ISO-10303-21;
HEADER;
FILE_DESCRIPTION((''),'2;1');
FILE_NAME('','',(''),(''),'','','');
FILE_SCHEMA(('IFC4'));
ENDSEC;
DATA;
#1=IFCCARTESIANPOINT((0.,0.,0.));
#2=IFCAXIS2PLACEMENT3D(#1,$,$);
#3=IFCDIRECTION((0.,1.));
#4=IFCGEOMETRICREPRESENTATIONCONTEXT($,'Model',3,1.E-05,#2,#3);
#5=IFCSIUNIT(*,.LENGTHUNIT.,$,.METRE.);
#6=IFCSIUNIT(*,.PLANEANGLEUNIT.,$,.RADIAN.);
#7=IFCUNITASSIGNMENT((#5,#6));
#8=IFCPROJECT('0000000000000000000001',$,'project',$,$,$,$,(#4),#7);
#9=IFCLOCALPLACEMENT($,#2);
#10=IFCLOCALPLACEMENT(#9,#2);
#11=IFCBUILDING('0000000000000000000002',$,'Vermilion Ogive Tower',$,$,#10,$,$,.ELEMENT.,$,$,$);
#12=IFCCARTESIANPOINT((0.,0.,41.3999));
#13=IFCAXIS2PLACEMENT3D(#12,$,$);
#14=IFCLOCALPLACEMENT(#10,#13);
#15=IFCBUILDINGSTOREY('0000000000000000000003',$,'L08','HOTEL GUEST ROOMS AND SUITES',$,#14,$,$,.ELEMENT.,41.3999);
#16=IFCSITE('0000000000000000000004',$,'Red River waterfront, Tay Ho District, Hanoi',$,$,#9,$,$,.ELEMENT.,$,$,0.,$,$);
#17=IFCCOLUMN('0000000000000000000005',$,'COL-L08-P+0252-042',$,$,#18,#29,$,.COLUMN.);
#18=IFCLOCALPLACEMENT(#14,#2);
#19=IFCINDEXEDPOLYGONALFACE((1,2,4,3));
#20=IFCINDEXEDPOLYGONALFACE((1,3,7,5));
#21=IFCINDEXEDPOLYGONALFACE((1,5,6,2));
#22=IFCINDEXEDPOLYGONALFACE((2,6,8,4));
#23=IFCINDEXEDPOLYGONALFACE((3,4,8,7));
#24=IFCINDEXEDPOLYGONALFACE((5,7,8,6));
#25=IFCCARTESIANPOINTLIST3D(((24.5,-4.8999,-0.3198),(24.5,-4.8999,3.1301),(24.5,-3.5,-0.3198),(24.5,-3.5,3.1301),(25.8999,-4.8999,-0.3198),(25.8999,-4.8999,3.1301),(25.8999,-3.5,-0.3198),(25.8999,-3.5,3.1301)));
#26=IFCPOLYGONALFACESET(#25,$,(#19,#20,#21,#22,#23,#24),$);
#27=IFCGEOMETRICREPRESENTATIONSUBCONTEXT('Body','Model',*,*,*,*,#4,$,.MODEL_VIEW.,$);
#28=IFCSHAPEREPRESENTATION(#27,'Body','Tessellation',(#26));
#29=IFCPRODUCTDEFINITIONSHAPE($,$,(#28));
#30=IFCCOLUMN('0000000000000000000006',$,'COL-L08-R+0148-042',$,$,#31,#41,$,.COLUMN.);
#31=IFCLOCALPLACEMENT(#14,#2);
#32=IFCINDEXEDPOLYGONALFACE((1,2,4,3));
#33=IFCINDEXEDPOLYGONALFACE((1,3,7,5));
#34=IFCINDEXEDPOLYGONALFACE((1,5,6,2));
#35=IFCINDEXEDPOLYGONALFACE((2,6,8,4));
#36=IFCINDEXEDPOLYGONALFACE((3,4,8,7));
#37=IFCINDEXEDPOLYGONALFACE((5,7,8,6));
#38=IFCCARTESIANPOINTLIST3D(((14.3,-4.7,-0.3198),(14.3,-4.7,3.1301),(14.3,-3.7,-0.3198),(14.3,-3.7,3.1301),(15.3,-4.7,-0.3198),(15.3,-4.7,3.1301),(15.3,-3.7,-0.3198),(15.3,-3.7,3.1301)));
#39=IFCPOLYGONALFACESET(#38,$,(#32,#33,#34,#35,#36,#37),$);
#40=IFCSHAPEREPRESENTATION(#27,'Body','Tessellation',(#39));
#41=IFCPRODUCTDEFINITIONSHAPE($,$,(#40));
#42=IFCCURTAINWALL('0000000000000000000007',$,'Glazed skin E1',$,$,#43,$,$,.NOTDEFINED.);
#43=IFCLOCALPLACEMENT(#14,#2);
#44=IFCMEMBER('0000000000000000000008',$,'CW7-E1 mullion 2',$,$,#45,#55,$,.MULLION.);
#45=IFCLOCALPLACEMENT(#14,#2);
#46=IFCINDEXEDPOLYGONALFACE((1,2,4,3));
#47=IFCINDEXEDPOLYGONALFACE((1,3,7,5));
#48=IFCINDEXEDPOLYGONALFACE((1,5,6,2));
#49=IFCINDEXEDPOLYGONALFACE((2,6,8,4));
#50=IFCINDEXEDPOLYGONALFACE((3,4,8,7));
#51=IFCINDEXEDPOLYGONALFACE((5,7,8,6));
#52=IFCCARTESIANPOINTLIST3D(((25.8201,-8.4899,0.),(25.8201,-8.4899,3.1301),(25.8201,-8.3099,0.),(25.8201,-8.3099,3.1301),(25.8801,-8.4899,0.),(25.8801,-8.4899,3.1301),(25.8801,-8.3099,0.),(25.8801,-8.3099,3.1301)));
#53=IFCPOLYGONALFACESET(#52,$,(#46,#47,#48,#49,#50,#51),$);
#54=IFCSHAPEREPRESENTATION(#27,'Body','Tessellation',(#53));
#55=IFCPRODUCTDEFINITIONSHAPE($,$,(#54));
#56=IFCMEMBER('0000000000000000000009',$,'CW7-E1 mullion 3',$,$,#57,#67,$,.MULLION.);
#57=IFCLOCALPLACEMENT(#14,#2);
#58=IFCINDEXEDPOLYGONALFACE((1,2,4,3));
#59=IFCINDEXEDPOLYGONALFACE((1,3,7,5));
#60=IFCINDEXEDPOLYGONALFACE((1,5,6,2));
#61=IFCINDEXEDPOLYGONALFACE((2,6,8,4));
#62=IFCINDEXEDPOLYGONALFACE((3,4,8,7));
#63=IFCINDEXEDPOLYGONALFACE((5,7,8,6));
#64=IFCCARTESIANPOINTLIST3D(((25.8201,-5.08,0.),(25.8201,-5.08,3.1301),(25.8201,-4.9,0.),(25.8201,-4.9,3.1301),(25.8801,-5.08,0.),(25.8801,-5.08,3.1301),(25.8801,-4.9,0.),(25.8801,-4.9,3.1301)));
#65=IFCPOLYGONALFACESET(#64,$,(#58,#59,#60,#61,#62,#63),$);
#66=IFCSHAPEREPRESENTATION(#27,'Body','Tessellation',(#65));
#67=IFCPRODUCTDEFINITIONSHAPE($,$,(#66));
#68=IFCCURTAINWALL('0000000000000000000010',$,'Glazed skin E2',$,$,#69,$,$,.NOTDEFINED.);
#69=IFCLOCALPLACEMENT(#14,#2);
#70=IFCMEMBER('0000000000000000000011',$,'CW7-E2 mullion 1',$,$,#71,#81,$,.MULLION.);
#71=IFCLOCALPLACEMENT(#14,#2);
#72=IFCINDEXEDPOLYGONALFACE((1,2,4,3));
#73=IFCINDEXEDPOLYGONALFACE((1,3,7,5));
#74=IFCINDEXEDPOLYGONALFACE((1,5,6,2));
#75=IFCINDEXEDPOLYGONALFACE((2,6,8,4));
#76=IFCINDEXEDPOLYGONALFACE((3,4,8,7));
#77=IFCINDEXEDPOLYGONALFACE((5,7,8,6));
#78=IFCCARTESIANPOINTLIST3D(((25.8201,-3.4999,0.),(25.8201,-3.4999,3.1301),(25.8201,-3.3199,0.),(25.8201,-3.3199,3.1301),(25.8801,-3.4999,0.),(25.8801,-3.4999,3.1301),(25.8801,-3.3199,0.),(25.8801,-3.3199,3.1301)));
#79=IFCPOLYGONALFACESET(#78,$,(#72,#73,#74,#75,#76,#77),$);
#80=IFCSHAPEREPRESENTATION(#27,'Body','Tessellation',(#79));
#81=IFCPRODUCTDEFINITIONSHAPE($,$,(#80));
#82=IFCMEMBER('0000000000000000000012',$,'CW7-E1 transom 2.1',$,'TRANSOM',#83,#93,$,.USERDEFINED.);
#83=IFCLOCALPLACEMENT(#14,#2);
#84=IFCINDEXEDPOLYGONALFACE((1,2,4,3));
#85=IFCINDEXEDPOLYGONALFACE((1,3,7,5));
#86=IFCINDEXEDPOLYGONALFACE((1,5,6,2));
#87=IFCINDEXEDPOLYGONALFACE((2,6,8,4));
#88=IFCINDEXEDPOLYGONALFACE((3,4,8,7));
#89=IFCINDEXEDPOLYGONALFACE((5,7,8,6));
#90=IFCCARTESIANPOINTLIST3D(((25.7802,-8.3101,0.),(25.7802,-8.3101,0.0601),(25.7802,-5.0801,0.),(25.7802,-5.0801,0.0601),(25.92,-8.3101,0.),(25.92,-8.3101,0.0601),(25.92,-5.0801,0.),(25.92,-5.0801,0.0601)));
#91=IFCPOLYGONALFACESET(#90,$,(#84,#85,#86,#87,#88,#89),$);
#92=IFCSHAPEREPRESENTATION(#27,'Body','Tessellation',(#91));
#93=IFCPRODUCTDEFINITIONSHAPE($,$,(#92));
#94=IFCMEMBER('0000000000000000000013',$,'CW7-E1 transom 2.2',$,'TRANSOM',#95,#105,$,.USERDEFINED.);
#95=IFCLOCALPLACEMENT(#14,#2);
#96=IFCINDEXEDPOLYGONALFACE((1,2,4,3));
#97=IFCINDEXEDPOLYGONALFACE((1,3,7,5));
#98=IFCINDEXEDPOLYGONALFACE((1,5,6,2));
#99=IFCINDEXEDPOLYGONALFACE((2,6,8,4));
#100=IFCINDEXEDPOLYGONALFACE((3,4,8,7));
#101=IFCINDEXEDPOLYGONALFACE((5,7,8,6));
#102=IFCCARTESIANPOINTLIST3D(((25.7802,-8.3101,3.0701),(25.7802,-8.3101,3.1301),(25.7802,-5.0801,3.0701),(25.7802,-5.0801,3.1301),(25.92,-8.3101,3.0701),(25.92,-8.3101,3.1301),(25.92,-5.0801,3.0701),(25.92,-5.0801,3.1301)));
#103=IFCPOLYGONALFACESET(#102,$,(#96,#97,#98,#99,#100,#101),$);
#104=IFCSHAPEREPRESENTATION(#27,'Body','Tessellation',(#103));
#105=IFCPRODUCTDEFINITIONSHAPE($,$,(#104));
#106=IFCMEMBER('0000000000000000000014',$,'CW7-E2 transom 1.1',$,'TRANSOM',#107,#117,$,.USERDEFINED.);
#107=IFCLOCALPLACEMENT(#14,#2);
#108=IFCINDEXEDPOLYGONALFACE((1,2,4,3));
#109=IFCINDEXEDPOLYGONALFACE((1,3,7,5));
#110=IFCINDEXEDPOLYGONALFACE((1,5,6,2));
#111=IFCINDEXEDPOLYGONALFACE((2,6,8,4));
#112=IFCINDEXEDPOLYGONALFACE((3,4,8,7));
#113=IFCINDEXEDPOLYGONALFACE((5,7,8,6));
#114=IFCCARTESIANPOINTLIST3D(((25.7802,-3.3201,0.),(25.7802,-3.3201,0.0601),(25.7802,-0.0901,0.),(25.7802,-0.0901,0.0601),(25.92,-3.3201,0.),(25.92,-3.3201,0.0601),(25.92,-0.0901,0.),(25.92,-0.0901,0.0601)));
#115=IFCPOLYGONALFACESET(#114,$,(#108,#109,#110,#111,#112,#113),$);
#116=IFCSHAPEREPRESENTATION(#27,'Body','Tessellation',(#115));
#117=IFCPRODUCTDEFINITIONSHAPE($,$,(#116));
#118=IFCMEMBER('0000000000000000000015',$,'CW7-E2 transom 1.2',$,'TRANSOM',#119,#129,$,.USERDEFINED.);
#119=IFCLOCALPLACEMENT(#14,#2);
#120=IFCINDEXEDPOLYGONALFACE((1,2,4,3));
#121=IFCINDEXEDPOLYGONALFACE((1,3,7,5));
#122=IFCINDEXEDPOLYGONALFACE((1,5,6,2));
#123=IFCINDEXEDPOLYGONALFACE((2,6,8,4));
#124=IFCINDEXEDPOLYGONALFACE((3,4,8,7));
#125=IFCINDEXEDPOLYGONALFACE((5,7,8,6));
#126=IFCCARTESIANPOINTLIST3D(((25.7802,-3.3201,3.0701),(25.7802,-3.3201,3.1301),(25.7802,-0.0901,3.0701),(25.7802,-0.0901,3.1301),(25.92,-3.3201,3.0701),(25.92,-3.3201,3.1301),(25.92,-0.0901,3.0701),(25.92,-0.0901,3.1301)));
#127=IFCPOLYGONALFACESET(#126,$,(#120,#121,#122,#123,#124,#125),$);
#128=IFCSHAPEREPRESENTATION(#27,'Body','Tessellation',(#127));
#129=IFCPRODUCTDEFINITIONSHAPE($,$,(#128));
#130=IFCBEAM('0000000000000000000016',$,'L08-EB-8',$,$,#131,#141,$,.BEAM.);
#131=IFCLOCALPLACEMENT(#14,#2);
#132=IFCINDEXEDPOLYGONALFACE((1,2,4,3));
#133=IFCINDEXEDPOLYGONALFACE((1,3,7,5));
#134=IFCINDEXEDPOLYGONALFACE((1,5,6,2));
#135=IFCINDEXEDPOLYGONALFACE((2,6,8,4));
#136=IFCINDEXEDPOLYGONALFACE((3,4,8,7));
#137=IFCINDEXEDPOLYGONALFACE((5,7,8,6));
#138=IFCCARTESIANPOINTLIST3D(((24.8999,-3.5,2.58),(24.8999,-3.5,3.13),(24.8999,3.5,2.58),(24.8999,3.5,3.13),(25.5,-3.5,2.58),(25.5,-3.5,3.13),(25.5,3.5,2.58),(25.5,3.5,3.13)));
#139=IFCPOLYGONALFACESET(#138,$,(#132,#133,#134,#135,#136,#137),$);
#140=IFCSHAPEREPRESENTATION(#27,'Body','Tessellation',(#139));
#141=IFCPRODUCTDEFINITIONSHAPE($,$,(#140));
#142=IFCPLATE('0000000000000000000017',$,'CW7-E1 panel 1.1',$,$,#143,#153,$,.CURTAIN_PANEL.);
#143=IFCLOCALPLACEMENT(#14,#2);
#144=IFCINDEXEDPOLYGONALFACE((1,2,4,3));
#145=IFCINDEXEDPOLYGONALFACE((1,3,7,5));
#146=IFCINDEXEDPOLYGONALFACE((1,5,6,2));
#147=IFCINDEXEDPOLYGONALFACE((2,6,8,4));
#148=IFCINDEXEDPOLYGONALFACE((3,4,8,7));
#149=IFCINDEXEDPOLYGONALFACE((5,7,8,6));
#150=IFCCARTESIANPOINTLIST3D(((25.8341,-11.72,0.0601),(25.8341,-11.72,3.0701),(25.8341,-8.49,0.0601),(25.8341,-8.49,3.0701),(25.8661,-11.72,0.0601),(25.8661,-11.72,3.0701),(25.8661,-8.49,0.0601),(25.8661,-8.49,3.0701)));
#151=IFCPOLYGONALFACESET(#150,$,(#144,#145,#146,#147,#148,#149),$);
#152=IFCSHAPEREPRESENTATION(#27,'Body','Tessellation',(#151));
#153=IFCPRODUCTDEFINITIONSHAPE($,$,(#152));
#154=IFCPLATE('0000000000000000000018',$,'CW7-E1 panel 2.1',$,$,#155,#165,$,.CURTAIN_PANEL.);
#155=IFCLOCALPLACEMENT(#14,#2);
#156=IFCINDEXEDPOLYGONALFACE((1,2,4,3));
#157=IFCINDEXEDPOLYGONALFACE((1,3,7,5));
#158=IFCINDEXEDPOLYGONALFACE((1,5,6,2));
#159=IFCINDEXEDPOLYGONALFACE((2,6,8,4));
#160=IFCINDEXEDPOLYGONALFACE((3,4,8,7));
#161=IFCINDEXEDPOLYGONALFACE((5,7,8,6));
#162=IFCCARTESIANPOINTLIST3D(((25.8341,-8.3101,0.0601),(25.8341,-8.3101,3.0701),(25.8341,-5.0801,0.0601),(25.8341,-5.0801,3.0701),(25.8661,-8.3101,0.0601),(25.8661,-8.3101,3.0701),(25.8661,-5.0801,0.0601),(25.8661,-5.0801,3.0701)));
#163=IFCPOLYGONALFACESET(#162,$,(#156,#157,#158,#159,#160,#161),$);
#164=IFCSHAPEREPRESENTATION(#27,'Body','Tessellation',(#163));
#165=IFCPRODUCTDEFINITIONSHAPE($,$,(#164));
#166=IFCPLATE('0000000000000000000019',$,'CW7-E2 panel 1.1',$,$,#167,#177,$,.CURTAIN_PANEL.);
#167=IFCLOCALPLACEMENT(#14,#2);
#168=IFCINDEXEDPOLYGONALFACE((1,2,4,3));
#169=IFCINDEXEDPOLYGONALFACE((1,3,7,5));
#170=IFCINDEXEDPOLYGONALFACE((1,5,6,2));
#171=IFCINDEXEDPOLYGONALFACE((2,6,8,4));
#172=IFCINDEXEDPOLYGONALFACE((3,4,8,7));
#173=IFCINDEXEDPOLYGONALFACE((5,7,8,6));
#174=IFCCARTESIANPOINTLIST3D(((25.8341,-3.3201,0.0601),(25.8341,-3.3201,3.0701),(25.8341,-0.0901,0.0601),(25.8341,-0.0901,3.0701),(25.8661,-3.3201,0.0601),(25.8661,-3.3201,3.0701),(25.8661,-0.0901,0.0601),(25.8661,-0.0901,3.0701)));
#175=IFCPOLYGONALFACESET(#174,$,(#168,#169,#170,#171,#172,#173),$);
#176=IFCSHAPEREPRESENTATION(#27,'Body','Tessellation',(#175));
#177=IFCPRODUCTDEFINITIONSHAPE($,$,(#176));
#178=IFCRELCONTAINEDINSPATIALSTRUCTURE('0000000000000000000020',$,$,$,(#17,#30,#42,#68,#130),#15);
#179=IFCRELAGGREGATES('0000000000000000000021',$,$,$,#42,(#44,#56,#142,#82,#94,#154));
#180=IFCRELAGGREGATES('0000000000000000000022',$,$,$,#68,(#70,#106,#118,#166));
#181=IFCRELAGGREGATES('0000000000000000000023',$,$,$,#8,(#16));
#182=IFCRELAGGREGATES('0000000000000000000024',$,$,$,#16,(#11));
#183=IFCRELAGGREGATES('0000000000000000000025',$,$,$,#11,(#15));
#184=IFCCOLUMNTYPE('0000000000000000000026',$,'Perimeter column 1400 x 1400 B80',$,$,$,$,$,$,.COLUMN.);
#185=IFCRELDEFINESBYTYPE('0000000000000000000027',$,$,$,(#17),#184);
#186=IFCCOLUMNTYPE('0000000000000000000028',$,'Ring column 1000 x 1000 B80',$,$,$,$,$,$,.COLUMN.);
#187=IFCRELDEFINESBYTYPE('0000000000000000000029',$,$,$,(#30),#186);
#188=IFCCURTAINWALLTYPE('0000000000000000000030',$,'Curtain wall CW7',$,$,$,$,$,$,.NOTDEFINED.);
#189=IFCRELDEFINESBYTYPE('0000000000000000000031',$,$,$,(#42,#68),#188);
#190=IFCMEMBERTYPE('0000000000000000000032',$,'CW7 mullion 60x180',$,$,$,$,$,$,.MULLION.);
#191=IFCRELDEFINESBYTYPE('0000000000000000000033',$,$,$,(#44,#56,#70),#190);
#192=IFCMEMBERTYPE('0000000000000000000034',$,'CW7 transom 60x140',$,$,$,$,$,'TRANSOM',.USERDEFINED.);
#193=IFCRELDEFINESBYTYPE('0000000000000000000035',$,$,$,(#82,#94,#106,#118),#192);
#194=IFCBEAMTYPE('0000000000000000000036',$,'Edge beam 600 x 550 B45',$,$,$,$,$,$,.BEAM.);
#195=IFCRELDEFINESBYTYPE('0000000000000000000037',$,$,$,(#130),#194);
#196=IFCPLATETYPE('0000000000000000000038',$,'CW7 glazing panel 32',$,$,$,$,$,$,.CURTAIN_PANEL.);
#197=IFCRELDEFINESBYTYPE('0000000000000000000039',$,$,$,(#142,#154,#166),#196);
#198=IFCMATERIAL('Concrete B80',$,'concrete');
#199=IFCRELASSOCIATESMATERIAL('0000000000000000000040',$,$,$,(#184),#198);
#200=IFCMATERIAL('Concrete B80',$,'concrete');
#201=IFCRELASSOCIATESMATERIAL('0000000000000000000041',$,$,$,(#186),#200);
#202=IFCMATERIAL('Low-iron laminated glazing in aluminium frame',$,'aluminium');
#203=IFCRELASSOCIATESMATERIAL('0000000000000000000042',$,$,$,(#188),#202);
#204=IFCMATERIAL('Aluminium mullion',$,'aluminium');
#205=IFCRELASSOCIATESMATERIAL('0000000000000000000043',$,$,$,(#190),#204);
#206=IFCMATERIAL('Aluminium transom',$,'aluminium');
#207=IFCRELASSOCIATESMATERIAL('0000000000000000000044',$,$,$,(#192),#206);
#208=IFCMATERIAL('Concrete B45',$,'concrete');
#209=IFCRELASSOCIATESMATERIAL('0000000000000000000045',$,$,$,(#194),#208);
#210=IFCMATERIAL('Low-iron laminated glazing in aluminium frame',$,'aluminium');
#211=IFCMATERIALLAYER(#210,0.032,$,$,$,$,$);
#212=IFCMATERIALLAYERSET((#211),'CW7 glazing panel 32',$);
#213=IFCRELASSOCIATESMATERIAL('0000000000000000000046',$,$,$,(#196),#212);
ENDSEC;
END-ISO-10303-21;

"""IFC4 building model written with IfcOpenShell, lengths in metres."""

from ifc_helpers import new_model, si_unit, direction, frame, origin, origin_2d, place, context, subcontext, project, spatial, rectangle, extrude, material, layer, layer_set, material_profile, profile_set, type_object, element, aggregate, save


model = new_model("IFC4")

# Units and contexts
model_context = context("Model", 3, precision=1e-05, world=origin(), true_north=direction((0.0, 1.0)))
body_context = subcontext(model_context, "Body", "Model", "MODEL_VIEW")
ifc_project = project(units=[si_unit("LENGTHUNIT", "METRE"), si_unit("PLANEANGLEUNIT", "RADIAN")], contexts=[model_context])

# Site, building, storey
site_placement = place(None, origin())
site = spatial("IfcSite", under=ifc_project, at=site_placement, Name="Red River waterfront, Tay Ho District, Hanoi", CompositionType="ELEMENT", RefElevation=0.0)
building_placement = place(site_placement, origin())
building = spatial("IfcBuilding", under=site, at=building_placement, Name="Vermilion Ogive Tower", CompositionType="ELEMENT")
storey_placement = place(building_placement, frame((0.0, 0.0, 41.3999)))
storey = spatial("IfcBuildingStorey", under=building, at=storey_placement, Name="L08", Description="HOTEL GUEST ROOMS AND SUITES", CompositionType="ELEMENT", Elevation=41.3999)

# Columns
ifc_material_1 = material(Name="Concrete B80", Category="concrete")
ifc_material_profile_1 = material_profile(ifc_material_1, rectangle(XDim=1.3999, YDim=1.3999, at=origin_2d()), Name="1400 x 1400")
ifc_profile_set_1 = profile_set([ifc_material_profile_1], Name="Concrete B80")
column_type_1 = type_object("IfcColumnType", Name="Perimeter column 1400 x 1400 B80", PredefinedType="COLUMN", material=ifc_profile_set_1)
column_1_placement = place(storey_placement, frame((25.2, -4.2, -0.3198), z_axis=(0.0, 0.0, 1.0), x_axis=(1.0, 0.0, 0.0)))
element("IfcColumn", 1, at=column_1_placement, inside=storey, type_object=column_type_1, Name="COL-L08-P+0252-042", PredefinedType="COLUMN", context=body_context, shape_type="SweptSolid", body=[
    extrude(rectangle(XDim=1.3999, YDim=1.3999, at=origin_2d()), origin(), (0.0, 0.0, 1.0), 3.45),
])
ifc_material_2 = material(Name="Concrete B80", Category="concrete")
ifc_material_profile_2 = material_profile(ifc_material_2, rectangle(XDim=1.0, YDim=1.0, at=origin_2d()), Name="1000 x 1000")
ifc_profile_set_2 = profile_set([ifc_material_profile_2], Name="Concrete B80")
column_type_2 = type_object("IfcColumnType", Name="Ring column 1000 x 1000 B80", PredefinedType="COLUMN", material=ifc_profile_set_2)
column_2_placement = place(storey_placement, frame((14.8, -4.2, -0.3198), z_axis=(0.0, 0.0, 1.0), x_axis=(1.0, 0.0, 0.0)))
element("IfcColumn", 2, at=column_2_placement, inside=storey, type_object=column_type_2, Name="COL-L08-R+0148-042", PredefinedType="COLUMN", context=body_context, shape_type="SweptSolid", body=[
    extrude(rectangle(XDim=1.0, YDim=1.0, at=origin_2d()), origin(), (0.0, 0.0, 1.0), 3.45),
])

# Curtain wall, members
ifc_material_3 = material(Name="Low-iron laminated glazing in aluminium frame", Category="aluminium")
curtain_wall_type = type_object("IfcCurtainWallType", Name="Curtain wall CW7", PredefinedType="NOTDEFINED", material=ifc_material_3)
curtain_wall_1_placement = place(storey_placement, origin())
curtain_wall_1 = element("IfcCurtainWall", 3, at=curtain_wall_1_placement, inside=storey, type_object=curtain_wall_type, Name="Glazed skin E1", PredefinedType="NOTDEFINED")
ifc_material_4 = material(Name="Aluminium mullion", Category="aluminium")
ifc_material_profile_3 = material_profile(ifc_material_4, rectangle(XDim=0.0601, YDim=0.1799, at=origin_2d()), Name="AL 60x180")
ifc_profile_set_3 = profile_set([ifc_material_profile_3], Name="Aluminium mullion")
member_type_1 = type_object("IfcMemberType", Name="CW7 mullion 60x180", PredefinedType="MULLION", material=ifc_profile_set_3)
member_1_placement = place(storey_placement, frame((25.8501, -8.3999, 0.0), z_axis=(0.0, 0.0, 1.0), x_axis=(-1.0, 0.0, 0.0)))
member_1 = element("IfcMember", 4, at=member_1_placement, type_object=member_type_1, Name="CW7-E1 mullion 2", PredefinedType="MULLION", context=body_context, shape_type="SweptSolid", body=[
    extrude(rectangle(XDim=0.0601, YDim=0.1799, at=origin_2d()), origin(), (0.0, 0.0, 1.0), 3.1301),
])
member_2_placement = place(storey_placement, frame((25.8501, -4.99, 0.0), z_axis=(0.0, 0.0, 1.0), x_axis=(-1.0, 0.0, 0.0)))
member_2 = element("IfcMember", 5, at=member_2_placement, type_object=member_type_1, Name="CW7-E1 mullion 3", PredefinedType="MULLION", context=body_context, shape_type="SweptSolid", body=[
    extrude(rectangle(XDim=0.0601, YDim=0.1799, at=origin_2d()), origin(), (0.0, 0.0, 1.0), 3.1301),
])

# Curtain wall, member
curtain_wall_2_placement = place(storey_placement, origin())
curtain_wall_2 = element("IfcCurtainWall", 6, at=curtain_wall_2_placement, inside=storey, type_object=curtain_wall_type, Name="Glazed skin E2", PredefinedType="NOTDEFINED")
member_3_placement = place(storey_placement, frame((25.8501, -3.4099, 0.0), z_axis=(0.0, 0.0, 1.0), x_axis=(-1.0, 0.0, 0.0)))
member_3 = element("IfcMember", 7, at=member_3_placement, type_object=member_type_1, Name="CW7-E2 mullion 1", PredefinedType="MULLION", context=body_context, shape_type="SweptSolid", body=[
    extrude(rectangle(XDim=0.0601, YDim=0.1799, at=origin_2d()), origin(), (0.0, 0.0, 1.0), 3.1301),
])

# Members
ifc_material_5 = material(Name="Aluminium transom", Category="aluminium")
ifc_material_profile_4 = material_profile(ifc_material_5, rectangle(XDim=0.1399, YDim=0.0601, at=origin_2d()), Name="AL 60x140")
ifc_profile_set_4 = profile_set([ifc_material_profile_4], Name="Aluminium transom")
member_type_2 = type_object("IfcMemberType", Name="CW7 transom 60x140", ElementType="TRANSOM", PredefinedType="USERDEFINED", material=ifc_profile_set_4)
member_4_placement = place(storey_placement, frame((25.8501, -8.3101, 0.03), z_axis=(0.0, 1.0, 0.0), x_axis=(-1.0, 0.0, 0.0)))
member_4 = element("IfcMember", 8, at=member_4_placement, type_object=member_type_2, Name="CW7-E1 transom 2.1", ObjectType="TRANSOM", PredefinedType="USERDEFINED", context=body_context, shape_type="SweptSolid", body=[
    extrude(rectangle(XDim=0.1399, YDim=0.0601, at=origin_2d()), origin(), (0.0, 0.0, 1.0), 3.23),
])
member_5_placement = place(storey_placement, frame((25.8501, -8.3101, 3.1001), z_axis=(0.0, 1.0, 0.0), x_axis=(-1.0, 0.0, 0.0)))
member_5 = element("IfcMember", 9, at=member_5_placement, type_object=member_type_2, Name="CW7-E1 transom 2.2", ObjectType="TRANSOM", PredefinedType="USERDEFINED", context=body_context, shape_type="SweptSolid", body=[
    extrude(rectangle(XDim=0.1399, YDim=0.0601, at=origin_2d()), origin(), (0.0, 0.0, 1.0), 3.23),
])
member_6_placement = place(storey_placement, frame((25.8501, -3.3201, 0.03), z_axis=(0.0, 1.0, 0.0), x_axis=(-1.0, 0.0, 0.0)))
member_6 = element("IfcMember", 10, at=member_6_placement, type_object=member_type_2, Name="CW7-E2 transom 1.1", ObjectType="TRANSOM", PredefinedType="USERDEFINED", context=body_context, shape_type="SweptSolid", body=[
    extrude(rectangle(XDim=0.1399, YDim=0.0601, at=origin_2d()), origin(), (0.0, 0.0, 1.0), 3.23),
])
member_7_placement = place(storey_placement, frame((25.8501, -3.3201, 3.1001), z_axis=(0.0, 1.0, 0.0), x_axis=(-1.0, 0.0, 0.0)))
member_7 = element("IfcMember", 11, at=member_7_placement, type_object=member_type_2, Name="CW7-E2 transom 1.2", ObjectType="TRANSOM", PredefinedType="USERDEFINED", context=body_context, shape_type="SweptSolid", body=[
    extrude(rectangle(XDim=0.1399, YDim=0.0601, at=origin_2d()), origin(), (0.0, 0.0, 1.0), 3.23),
])

# Beam
ifc_material_6 = material(Name="Concrete B45", Category="concrete")
ifc_material_profile_5 = material_profile(ifc_material_6, rectangle(XDim=0.6001, YDim=0.55, at=origin_2d()), Name="600 x 550")
ifc_profile_set_5 = profile_set([ifc_material_profile_5], Name="Concrete B45")
beam_type = type_object("IfcBeamType", Name="Edge beam 600 x 550 B45", PredefinedType="BEAM", material=ifc_profile_set_5)
beam_placement = place(storey_placement, frame((25.2, -3.5, 2.855), z_axis=(0.0, 1.0, 0.0), x_axis=(-1.0, 0.0, 0.0)))
element("IfcBeam", 12, at=beam_placement, inside=storey, type_object=beam_type, Name="L08-EB-8", PredefinedType="BEAM", context=body_context, shape_type="SweptSolid", body=[
    extrude(rectangle(XDim=0.6001, YDim=0.55, at=origin_2d()), origin(), (0.0, 0.0, 1.0), 7.0),
])

# Plates
ifc_material_7 = material(Name="Low-iron laminated glazing in aluminium frame", Category="aluminium")
ifc_layer_1 = layer(ifc_material_7, 0.032)
ifc_layer_set_1 = layer_set([ifc_layer_1], Name="CW7 glazing panel 32")
plate_type = type_object("IfcPlateType", Name="CW7 glazing panel 32", PredefinedType="CURTAIN_PANEL", material=ifc_layer_set_1)
plate_1_placement = place(storey_placement, frame((25.8501, -10.105, 0.0601), z_axis=(0.0, 0.0, 1.0), x_axis=(0.0, 1.0, 0.0)))
plate_1 = element("IfcPlate", 13, at=plate_1_placement, type_object=plate_type, Name="CW7-E1 panel 1.1", PredefinedType="CURTAIN_PANEL", context=body_context, shape_type="SweptSolid", body=[
    extrude(rectangle(XDim=3.23, YDim=0.032, at=origin_2d()), origin(), (0.0, 0.0, 1.0), 3.01),
])
plate_2_placement = place(storey_placement, frame((25.8501, -6.6951, 0.0601), z_axis=(0.0, 0.0, 1.0), x_axis=(0.0, 1.0, 0.0)))
plate_2 = element("IfcPlate", 14, at=plate_2_placement, type_object=plate_type, Name="CW7-E1 panel 2.1", PredefinedType="CURTAIN_PANEL", context=body_context, shape_type="SweptSolid", body=[
    extrude(rectangle(XDim=3.23, YDim=0.032, at=origin_2d()), origin(), (0.0, 0.0, 1.0), 3.01),
])
aggregate(curtain_wall_1, [member_1, member_2, plate_1, member_4, member_5, plate_2])
plate_3_placement = place(storey_placement, frame((25.8501, -1.7051, 0.0601), z_axis=(0.0, 0.0, 1.0), x_axis=(0.0, 1.0, 0.0)))
plate_3 = element("IfcPlate", 15, at=plate_3_placement, type_object=plate_type, Name="CW7-E2 panel 1.1", PredefinedType="CURTAIN_PANEL", context=body_context, shape_type="SweptSolid", body=[
    extrude(rectangle(XDim=3.23, YDim=0.032, at=origin_2d()), origin(), (0.0, 0.0, 1.0), 3.01),
])
aggregate(curtain_wall_2, [member_3, member_6, member_7, plate_3])

save(model, "model.ifc")
